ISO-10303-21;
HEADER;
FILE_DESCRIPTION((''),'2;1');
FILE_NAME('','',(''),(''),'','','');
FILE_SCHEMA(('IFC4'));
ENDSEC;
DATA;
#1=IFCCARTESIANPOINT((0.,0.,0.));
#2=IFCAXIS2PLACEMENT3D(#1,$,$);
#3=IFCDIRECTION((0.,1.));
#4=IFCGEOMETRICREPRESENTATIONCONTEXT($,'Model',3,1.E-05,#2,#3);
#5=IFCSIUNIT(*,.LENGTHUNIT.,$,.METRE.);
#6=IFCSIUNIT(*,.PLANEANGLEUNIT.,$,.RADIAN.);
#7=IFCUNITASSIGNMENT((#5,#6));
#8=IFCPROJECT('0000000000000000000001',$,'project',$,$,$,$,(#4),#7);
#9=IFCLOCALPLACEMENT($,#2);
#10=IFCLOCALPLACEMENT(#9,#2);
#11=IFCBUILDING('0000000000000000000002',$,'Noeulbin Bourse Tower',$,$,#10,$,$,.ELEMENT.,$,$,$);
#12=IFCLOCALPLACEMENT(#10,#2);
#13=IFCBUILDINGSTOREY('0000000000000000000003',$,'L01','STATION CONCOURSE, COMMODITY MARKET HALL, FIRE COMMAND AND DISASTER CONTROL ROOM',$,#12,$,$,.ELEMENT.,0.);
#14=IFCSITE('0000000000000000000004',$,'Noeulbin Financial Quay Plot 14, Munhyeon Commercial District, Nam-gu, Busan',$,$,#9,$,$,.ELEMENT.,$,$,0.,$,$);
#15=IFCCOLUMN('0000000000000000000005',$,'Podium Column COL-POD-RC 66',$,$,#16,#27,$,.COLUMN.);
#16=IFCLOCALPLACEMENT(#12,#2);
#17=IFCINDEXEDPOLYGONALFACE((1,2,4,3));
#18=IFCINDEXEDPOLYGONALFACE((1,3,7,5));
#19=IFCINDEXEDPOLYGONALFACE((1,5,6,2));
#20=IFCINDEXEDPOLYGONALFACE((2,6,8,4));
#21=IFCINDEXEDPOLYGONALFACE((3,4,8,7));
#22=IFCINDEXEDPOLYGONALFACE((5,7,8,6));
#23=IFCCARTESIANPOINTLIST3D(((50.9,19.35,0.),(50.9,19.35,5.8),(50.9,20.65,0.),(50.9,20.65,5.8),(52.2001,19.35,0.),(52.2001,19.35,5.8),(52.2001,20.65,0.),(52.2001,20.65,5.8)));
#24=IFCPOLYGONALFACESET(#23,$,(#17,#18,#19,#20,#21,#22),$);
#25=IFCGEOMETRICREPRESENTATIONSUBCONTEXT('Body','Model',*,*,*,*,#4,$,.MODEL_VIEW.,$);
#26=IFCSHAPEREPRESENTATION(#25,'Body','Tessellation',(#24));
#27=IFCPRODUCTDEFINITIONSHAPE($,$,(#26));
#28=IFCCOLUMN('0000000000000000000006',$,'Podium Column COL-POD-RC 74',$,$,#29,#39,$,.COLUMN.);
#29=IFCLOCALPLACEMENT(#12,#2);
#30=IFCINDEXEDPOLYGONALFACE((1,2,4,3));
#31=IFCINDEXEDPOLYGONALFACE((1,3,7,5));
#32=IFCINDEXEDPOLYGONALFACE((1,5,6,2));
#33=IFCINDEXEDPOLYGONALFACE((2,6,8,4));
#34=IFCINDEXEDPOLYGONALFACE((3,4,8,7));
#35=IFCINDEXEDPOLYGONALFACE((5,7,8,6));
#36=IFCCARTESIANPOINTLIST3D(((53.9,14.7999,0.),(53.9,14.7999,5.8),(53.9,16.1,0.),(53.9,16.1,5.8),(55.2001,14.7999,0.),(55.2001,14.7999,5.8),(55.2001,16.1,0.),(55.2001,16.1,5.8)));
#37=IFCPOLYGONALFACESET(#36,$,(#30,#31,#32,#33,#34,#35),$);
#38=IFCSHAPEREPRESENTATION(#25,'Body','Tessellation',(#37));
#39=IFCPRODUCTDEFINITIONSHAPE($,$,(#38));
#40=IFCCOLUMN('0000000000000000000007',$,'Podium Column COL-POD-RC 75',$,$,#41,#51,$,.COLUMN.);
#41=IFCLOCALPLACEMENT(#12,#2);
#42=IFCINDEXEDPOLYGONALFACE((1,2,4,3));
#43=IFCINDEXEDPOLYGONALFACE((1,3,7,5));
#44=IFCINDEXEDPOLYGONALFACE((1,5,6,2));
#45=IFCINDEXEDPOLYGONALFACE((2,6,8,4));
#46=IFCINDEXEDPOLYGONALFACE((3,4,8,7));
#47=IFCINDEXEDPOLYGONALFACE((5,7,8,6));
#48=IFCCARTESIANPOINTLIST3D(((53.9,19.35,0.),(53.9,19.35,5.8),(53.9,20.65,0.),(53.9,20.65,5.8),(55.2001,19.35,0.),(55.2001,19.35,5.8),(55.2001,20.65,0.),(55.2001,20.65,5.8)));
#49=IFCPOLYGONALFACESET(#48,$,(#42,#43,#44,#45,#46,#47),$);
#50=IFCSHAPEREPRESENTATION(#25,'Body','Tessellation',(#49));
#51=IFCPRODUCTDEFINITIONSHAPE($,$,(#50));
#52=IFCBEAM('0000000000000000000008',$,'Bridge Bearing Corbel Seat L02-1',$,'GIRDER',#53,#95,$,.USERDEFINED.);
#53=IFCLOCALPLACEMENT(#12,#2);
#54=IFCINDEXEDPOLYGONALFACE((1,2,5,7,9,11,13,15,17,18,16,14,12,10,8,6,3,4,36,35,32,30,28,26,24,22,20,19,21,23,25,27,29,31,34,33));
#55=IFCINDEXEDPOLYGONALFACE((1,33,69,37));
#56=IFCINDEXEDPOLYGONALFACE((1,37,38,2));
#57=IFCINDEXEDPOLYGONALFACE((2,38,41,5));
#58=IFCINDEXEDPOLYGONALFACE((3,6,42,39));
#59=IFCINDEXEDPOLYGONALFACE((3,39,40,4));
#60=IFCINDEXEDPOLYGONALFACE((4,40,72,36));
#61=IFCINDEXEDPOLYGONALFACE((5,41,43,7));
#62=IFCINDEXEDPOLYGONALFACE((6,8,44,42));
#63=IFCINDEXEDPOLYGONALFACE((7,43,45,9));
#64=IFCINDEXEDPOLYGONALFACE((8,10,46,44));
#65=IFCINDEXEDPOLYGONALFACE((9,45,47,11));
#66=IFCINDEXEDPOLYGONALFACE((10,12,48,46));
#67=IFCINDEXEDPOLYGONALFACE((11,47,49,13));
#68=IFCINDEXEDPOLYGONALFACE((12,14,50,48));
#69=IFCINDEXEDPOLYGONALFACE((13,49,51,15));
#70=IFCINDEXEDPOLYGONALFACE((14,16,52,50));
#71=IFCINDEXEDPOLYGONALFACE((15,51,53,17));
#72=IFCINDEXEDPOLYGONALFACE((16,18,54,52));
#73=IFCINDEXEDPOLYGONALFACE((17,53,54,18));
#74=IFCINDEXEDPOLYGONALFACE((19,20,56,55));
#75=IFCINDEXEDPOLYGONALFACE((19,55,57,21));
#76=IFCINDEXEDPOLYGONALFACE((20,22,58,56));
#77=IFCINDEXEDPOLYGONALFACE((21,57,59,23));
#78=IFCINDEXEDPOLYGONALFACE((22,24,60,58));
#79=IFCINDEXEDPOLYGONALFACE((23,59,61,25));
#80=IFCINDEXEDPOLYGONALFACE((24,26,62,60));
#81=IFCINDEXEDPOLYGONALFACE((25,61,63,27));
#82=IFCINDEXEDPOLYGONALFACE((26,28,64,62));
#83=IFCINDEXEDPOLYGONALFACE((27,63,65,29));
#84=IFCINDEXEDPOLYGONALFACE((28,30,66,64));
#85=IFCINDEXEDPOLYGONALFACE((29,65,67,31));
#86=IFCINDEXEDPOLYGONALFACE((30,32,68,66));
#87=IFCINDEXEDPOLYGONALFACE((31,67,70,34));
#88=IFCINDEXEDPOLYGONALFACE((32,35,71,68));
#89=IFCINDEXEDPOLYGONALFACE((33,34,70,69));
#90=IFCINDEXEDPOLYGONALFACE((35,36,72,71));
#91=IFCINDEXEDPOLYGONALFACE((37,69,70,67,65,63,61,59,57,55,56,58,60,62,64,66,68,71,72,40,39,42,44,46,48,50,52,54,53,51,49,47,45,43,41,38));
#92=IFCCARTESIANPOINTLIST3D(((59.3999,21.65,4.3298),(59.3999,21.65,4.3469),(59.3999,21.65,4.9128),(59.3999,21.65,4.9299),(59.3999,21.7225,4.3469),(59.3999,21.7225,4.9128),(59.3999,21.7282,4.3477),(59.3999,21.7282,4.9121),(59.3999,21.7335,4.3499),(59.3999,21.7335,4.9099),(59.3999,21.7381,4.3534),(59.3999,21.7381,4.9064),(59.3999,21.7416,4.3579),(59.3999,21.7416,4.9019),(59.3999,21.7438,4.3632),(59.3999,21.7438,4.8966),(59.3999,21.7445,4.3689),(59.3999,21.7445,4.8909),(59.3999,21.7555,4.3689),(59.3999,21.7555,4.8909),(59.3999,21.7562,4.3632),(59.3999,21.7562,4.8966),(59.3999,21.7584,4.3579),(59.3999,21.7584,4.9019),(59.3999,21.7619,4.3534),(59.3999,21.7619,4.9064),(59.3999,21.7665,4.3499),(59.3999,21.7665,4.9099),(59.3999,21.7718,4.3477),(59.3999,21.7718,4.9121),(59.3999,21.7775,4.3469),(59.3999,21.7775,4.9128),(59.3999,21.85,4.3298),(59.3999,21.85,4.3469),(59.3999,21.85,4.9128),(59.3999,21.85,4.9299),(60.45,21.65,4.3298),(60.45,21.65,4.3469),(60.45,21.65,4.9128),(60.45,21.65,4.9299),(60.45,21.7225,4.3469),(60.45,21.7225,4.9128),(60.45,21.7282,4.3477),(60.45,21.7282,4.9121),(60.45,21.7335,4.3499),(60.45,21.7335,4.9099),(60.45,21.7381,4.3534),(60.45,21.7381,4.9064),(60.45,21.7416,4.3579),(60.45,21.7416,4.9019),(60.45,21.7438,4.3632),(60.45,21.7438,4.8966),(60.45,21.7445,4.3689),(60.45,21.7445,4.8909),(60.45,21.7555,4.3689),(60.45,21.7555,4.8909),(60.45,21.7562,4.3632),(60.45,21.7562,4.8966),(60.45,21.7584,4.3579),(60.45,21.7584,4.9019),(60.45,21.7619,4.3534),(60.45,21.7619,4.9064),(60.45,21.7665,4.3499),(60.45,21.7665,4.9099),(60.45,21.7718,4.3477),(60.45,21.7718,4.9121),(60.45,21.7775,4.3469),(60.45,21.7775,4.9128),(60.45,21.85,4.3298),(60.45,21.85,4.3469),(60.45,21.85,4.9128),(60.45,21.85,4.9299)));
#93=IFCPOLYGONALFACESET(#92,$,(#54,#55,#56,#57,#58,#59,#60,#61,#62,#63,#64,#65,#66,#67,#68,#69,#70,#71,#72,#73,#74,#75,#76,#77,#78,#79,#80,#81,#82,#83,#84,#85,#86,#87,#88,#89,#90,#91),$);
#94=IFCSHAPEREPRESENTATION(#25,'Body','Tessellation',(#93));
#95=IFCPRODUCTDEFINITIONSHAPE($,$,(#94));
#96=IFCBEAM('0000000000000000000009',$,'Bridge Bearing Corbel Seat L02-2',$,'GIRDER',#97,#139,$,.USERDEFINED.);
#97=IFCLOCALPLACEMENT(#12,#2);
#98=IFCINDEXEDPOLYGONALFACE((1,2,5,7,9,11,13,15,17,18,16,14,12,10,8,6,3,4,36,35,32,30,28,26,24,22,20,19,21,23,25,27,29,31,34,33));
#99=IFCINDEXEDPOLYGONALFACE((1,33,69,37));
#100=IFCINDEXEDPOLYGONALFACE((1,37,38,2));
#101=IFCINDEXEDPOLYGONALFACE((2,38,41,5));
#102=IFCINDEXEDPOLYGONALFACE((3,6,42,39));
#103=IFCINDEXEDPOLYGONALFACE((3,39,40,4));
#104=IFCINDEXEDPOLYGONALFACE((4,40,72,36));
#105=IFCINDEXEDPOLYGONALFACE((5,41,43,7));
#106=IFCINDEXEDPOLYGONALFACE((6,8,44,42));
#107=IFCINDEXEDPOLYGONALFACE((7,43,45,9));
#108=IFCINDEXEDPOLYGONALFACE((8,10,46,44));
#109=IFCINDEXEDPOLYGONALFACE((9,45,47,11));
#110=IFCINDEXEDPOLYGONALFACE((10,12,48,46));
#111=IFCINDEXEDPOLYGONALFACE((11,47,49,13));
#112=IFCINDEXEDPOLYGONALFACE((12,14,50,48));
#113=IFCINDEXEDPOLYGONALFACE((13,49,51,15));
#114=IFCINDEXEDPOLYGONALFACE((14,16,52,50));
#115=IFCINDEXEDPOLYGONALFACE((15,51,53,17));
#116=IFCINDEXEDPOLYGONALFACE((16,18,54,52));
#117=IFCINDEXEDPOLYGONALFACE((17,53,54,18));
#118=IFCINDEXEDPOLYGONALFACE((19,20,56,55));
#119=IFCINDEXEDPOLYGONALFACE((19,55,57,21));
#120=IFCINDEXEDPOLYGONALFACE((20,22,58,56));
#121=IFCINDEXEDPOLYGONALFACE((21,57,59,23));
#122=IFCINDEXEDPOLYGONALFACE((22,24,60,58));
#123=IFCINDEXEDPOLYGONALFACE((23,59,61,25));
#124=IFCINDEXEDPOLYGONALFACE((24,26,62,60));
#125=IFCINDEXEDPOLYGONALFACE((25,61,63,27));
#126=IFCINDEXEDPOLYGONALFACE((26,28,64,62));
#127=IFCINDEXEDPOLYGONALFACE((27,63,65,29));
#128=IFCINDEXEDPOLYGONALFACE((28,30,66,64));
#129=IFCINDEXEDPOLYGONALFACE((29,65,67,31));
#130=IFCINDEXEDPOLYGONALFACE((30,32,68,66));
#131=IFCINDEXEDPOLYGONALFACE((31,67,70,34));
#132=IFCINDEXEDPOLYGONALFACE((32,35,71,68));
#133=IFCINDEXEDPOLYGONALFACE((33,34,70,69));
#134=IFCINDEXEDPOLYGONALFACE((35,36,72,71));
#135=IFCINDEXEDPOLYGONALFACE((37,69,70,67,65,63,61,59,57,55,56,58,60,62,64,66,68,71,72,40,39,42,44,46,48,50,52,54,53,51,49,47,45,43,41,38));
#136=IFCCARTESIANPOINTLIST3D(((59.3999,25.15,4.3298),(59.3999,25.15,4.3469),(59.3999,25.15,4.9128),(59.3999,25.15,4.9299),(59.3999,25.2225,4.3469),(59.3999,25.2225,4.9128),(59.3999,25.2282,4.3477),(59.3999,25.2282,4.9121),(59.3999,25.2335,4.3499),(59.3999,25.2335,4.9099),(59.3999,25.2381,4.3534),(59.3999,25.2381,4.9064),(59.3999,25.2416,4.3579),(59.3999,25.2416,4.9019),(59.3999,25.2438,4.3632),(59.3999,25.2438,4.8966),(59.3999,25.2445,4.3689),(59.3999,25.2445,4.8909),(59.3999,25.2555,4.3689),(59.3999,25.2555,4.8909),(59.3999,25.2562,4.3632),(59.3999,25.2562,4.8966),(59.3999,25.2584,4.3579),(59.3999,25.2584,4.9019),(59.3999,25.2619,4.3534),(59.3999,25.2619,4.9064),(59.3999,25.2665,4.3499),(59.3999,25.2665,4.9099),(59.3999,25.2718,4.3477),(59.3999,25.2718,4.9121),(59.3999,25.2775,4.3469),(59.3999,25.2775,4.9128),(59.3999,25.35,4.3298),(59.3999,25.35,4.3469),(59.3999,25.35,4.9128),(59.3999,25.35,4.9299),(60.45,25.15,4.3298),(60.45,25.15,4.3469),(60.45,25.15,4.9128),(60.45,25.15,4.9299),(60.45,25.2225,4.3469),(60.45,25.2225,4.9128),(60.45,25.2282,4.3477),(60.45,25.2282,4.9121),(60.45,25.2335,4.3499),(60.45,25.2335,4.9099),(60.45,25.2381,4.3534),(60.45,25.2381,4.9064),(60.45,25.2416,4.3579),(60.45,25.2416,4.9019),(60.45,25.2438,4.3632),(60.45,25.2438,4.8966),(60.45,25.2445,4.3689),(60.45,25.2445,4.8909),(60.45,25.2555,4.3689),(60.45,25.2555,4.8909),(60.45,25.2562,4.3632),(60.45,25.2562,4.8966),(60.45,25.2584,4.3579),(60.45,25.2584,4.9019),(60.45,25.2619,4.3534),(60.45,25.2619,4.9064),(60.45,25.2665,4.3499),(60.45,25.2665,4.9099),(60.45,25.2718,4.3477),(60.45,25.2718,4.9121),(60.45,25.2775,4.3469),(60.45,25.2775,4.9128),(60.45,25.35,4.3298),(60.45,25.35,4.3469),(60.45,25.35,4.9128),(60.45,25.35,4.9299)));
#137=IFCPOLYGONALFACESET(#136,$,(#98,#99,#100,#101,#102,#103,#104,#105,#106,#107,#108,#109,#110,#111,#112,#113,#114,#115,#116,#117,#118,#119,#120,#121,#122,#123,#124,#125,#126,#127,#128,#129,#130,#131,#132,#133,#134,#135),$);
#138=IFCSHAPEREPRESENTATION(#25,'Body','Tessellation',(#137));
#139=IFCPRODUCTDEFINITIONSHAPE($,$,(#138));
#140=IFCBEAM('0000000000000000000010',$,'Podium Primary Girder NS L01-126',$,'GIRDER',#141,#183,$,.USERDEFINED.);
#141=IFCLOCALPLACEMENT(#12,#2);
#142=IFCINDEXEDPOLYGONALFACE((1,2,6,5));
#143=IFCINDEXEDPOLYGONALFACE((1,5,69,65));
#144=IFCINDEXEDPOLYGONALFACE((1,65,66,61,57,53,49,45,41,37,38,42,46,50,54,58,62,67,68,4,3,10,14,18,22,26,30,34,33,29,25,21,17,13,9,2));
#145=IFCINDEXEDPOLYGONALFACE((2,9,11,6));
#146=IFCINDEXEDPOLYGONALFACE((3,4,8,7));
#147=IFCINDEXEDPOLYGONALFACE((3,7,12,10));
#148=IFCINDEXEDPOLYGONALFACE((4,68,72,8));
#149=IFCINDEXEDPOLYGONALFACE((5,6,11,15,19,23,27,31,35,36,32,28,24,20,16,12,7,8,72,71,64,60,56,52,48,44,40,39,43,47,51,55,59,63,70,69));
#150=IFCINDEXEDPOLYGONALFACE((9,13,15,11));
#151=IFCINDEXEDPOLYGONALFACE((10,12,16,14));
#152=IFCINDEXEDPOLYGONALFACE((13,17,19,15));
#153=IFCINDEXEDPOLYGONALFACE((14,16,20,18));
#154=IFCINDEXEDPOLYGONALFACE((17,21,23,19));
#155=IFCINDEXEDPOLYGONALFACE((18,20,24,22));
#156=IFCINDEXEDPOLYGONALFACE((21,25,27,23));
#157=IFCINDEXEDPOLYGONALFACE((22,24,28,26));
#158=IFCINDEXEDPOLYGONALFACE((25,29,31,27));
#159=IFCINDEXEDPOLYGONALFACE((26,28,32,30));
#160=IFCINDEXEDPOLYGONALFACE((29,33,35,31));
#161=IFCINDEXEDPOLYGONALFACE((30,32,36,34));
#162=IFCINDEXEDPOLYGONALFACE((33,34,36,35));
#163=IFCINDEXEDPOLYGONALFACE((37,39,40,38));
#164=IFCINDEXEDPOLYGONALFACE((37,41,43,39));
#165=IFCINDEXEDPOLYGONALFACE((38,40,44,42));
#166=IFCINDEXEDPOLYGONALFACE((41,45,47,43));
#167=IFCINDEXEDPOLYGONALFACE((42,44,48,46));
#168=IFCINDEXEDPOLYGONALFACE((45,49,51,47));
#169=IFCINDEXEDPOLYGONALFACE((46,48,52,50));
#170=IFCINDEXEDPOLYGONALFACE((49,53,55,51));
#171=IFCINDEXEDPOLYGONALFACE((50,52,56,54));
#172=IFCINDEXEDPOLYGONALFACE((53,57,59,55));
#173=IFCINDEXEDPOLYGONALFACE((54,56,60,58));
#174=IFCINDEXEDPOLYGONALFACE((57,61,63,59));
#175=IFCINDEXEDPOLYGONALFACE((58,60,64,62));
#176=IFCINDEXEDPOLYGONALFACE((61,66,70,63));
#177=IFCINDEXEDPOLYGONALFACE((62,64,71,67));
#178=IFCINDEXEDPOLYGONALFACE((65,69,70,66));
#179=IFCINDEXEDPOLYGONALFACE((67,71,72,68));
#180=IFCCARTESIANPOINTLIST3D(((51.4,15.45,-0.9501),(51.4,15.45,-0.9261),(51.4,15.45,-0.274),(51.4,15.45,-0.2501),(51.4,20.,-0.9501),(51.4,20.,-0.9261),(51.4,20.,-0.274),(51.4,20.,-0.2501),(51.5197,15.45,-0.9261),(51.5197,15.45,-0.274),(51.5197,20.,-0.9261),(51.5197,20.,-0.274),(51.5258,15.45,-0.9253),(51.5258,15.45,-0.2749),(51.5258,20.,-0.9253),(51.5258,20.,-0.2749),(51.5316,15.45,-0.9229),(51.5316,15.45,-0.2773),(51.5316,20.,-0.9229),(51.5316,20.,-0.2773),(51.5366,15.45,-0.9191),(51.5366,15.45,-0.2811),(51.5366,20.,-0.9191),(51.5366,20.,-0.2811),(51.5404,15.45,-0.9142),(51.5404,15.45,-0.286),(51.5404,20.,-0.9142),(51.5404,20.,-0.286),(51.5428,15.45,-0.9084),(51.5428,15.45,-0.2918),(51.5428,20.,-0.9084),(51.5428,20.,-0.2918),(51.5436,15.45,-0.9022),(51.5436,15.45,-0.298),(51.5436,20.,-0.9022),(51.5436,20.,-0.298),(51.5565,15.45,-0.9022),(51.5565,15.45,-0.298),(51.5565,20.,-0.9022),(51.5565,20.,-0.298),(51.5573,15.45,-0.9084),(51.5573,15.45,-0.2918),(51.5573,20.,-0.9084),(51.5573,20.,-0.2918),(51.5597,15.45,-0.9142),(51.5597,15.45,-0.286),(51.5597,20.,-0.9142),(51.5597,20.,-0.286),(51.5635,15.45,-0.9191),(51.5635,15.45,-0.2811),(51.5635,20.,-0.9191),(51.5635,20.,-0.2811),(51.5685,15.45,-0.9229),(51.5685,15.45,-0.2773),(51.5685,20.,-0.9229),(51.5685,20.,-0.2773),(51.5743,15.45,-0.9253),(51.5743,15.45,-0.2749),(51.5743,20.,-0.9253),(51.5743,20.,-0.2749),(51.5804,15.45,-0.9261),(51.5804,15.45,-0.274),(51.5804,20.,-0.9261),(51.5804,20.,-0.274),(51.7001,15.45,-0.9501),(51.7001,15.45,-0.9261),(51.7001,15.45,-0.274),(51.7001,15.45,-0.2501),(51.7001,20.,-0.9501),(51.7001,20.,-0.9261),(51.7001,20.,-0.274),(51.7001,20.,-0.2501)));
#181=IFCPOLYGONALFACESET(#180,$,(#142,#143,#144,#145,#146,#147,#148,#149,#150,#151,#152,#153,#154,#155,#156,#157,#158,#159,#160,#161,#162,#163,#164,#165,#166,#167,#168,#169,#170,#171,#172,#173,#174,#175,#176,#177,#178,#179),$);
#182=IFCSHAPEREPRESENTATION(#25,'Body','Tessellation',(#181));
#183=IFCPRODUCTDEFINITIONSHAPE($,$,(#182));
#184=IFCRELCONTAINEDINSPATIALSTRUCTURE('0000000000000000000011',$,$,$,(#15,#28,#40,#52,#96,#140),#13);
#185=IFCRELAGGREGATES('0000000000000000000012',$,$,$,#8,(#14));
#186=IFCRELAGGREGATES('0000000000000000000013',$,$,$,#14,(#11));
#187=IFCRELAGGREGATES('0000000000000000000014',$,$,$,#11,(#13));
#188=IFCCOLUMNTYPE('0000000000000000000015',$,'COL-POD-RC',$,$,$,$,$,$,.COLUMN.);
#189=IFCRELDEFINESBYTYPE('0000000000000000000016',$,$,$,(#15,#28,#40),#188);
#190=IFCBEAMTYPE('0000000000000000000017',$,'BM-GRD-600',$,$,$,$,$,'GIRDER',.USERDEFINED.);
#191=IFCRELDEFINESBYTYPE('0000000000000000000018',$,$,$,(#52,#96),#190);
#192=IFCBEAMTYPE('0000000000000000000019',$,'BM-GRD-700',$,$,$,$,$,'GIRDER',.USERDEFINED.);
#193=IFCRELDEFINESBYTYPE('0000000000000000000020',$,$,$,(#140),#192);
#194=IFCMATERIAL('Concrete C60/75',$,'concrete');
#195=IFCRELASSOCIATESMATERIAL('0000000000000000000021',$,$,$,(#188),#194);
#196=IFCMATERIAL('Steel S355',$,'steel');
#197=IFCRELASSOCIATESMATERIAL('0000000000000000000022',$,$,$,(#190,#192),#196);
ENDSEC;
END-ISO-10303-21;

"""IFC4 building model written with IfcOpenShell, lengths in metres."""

from ifc_helpers import new_model, si_unit, direction, frame, origin, origin_2d, place, context, subcontext, project, spatial, rectangle, i_section, extrude, material, material_profile, profile_set, type_object, element, save


model = new_model("IFC4")

# Units and contexts
model_context = context("Model", 3, precision=1e-05, world=origin(), true_north=direction((0.0, 1.0)))
body_context = subcontext(model_context, "Body", "Model", "MODEL_VIEW")
ifc_project = project(units=[si_unit("LENGTHUNIT", "METRE"), si_unit("PLANEANGLEUNIT", "RADIAN")], contexts=[model_context])

# Site, building, storey
site_placement = place(None, origin())
site = spatial("IfcSite", under=ifc_project, at=site_placement, Name="Noeulbin Financial Quay Plot 14, Munhyeon Commercial District, Nam-gu, Busan", CompositionType="ELEMENT", RefElevation=0.0)
building_placement = place(site_placement, origin())
building = spatial("IfcBuilding", under=site, at=building_placement, Name="Noeulbin Bourse Tower", CompositionType="ELEMENT")
storey_placement = place(building_placement, origin())
storey = spatial("IfcBuildingStorey", under=building, at=storey_placement, Name="L01", Description="STATION CONCOURSE, COMMODITY MARKET HALL, FIRE COMMAND AND DISASTER CONTROL ROOM", CompositionType="ELEMENT", Elevation=0.0)

# Columns
ifc_material_1 = material(Name="Concrete C60/75", Category="concrete")
ifc_material_profile_1 = material_profile(ifc_material_1, rectangle(XDim=1.3, YDim=1.3, at=origin_2d()), Name="RC-COL-1300x1300", Category="LoadBearing")
ifc_profile_set_1 = profile_set([ifc_material_profile_1], Name="Concrete C60/75")
column_type = type_object("IfcColumnType", Name="COL-POD-RC", PredefinedType="COLUMN", material=ifc_profile_set_1)
for number, where, z_axis, x_axis, name in (
    (1, (51.55, 20.0, 0.0), (0.0, 0.0, 1.0), (1.0, 0.0, 0.0), "Podium Column COL-POD-RC 66"),
    (2, (54.55, 15.45, 0.0), (0.0, 0.0, 1.0), (1.0, 0.0, 0.0), "Podium Column COL-POD-RC 74"),
    (3, (54.55, 20.0, 0.0), (0.0, 0.0, 1.0), (1.0, 0.0, 0.0), "Podium Column COL-POD-RC 75"),
):
    element("IfcColumn", number, at=place(storey_placement, frame(where, z_axis=z_axis, x_axis=x_axis)), inside=storey, type_object=column_type, Name=name, PredefinedType="COLUMN", context=body_context, shape_type="SweptSolid", body=[
        extrude(rectangle(XDim=1.3, YDim=1.3, at=origin_2d()), origin(), (0.0, 0.0, 1.0), 5.8),
    ])

# Beams
ifc_material_2 = material(Name="Steel S355", Category="steel")
ifc_material_profile_2 = material_profile(ifc_material_2, i_section(OverallWidth=0.2, OverallDepth=0.6001, WebThickness=0.011, FlangeThickness=0.0171, FilletRadius=0.022, at=origin_2d()), Name="H-600x200x11x17", Category="LoadBearing")
ifc_profile_set_2 = profile_set([ifc_material_profile_2], Name="Steel S355")
beam_type_1 = type_object("IfcBeamType", Name="BM-GRD-600", ElementType="GIRDER", PredefinedType="USERDEFINED", material=ifc_profile_set_2)
for number, where, z_axis, x_axis, name in (
    (4, (59.3999, 21.75, 4.6299), (1.0, 0.0, 0.0), (0.0, 1.0, 0.0), "Bridge Bearing Corbel Seat L02-1"),
    (5, (59.3999, 25.25, 4.6299), (1.0, 0.0, 0.0), (0.0, 1.0, 0.0), "Bridge Bearing Corbel Seat L02-2"),
):
    element("IfcBeam", number, at=place(storey_placement, frame(where, z_axis=z_axis, x_axis=x_axis)), inside=storey, type_object=beam_type_1, Name=name, ObjectType="GIRDER", PredefinedType="USERDEFINED", context=body_context, shape_type="SweptSolid", body=[
        extrude(i_section(OverallWidth=0.2, OverallDepth=0.6001, WebThickness=0.011, FlangeThickness=0.0171, FilletRadius=0.022, at=origin_2d()), origin(), (0.0, 0.0, 1.0), 1.05),
    ])
ifc_material_profile_3 = material_profile(ifc_material_2, i_section(OverallWidth=0.3, OverallDepth=0.7, WebThickness=0.0129, FlangeThickness=0.0239, FilletRadius=0.0239, at=origin_2d()), Name="H-700x300x13x24", Category="LoadBearing")
ifc_profile_set_3 = profile_set([ifc_material_profile_3], Name="Steel S355")
beam_type_2 = type_object("IfcBeamType", Name="BM-GRD-700", ElementType="GIRDER", PredefinedType="USERDEFINED", material=ifc_profile_set_3)
beam_1_placement = place(storey_placement, frame((51.55, 15.45, -0.6001), z_axis=(0.0, 1.0, 0.0), x_axis=(-1.0, 0.0, 0.0)))
element("IfcBeam", 6, at=beam_1_placement, inside=storey, type_object=beam_type_2, Name="Podium Primary Girder NS L01-126", ObjectType="GIRDER", PredefinedType="USERDEFINED", context=body_context, shape_type="SweptSolid", body=[
    extrude(i_section(OverallWidth=0.3, OverallDepth=0.7, WebThickness=0.0129, FlangeThickness=0.0239, FilletRadius=0.0239, at=origin_2d()), origin(), (0.0, 0.0, 1.0), 4.55),
])

save(model, "model.ifc")
